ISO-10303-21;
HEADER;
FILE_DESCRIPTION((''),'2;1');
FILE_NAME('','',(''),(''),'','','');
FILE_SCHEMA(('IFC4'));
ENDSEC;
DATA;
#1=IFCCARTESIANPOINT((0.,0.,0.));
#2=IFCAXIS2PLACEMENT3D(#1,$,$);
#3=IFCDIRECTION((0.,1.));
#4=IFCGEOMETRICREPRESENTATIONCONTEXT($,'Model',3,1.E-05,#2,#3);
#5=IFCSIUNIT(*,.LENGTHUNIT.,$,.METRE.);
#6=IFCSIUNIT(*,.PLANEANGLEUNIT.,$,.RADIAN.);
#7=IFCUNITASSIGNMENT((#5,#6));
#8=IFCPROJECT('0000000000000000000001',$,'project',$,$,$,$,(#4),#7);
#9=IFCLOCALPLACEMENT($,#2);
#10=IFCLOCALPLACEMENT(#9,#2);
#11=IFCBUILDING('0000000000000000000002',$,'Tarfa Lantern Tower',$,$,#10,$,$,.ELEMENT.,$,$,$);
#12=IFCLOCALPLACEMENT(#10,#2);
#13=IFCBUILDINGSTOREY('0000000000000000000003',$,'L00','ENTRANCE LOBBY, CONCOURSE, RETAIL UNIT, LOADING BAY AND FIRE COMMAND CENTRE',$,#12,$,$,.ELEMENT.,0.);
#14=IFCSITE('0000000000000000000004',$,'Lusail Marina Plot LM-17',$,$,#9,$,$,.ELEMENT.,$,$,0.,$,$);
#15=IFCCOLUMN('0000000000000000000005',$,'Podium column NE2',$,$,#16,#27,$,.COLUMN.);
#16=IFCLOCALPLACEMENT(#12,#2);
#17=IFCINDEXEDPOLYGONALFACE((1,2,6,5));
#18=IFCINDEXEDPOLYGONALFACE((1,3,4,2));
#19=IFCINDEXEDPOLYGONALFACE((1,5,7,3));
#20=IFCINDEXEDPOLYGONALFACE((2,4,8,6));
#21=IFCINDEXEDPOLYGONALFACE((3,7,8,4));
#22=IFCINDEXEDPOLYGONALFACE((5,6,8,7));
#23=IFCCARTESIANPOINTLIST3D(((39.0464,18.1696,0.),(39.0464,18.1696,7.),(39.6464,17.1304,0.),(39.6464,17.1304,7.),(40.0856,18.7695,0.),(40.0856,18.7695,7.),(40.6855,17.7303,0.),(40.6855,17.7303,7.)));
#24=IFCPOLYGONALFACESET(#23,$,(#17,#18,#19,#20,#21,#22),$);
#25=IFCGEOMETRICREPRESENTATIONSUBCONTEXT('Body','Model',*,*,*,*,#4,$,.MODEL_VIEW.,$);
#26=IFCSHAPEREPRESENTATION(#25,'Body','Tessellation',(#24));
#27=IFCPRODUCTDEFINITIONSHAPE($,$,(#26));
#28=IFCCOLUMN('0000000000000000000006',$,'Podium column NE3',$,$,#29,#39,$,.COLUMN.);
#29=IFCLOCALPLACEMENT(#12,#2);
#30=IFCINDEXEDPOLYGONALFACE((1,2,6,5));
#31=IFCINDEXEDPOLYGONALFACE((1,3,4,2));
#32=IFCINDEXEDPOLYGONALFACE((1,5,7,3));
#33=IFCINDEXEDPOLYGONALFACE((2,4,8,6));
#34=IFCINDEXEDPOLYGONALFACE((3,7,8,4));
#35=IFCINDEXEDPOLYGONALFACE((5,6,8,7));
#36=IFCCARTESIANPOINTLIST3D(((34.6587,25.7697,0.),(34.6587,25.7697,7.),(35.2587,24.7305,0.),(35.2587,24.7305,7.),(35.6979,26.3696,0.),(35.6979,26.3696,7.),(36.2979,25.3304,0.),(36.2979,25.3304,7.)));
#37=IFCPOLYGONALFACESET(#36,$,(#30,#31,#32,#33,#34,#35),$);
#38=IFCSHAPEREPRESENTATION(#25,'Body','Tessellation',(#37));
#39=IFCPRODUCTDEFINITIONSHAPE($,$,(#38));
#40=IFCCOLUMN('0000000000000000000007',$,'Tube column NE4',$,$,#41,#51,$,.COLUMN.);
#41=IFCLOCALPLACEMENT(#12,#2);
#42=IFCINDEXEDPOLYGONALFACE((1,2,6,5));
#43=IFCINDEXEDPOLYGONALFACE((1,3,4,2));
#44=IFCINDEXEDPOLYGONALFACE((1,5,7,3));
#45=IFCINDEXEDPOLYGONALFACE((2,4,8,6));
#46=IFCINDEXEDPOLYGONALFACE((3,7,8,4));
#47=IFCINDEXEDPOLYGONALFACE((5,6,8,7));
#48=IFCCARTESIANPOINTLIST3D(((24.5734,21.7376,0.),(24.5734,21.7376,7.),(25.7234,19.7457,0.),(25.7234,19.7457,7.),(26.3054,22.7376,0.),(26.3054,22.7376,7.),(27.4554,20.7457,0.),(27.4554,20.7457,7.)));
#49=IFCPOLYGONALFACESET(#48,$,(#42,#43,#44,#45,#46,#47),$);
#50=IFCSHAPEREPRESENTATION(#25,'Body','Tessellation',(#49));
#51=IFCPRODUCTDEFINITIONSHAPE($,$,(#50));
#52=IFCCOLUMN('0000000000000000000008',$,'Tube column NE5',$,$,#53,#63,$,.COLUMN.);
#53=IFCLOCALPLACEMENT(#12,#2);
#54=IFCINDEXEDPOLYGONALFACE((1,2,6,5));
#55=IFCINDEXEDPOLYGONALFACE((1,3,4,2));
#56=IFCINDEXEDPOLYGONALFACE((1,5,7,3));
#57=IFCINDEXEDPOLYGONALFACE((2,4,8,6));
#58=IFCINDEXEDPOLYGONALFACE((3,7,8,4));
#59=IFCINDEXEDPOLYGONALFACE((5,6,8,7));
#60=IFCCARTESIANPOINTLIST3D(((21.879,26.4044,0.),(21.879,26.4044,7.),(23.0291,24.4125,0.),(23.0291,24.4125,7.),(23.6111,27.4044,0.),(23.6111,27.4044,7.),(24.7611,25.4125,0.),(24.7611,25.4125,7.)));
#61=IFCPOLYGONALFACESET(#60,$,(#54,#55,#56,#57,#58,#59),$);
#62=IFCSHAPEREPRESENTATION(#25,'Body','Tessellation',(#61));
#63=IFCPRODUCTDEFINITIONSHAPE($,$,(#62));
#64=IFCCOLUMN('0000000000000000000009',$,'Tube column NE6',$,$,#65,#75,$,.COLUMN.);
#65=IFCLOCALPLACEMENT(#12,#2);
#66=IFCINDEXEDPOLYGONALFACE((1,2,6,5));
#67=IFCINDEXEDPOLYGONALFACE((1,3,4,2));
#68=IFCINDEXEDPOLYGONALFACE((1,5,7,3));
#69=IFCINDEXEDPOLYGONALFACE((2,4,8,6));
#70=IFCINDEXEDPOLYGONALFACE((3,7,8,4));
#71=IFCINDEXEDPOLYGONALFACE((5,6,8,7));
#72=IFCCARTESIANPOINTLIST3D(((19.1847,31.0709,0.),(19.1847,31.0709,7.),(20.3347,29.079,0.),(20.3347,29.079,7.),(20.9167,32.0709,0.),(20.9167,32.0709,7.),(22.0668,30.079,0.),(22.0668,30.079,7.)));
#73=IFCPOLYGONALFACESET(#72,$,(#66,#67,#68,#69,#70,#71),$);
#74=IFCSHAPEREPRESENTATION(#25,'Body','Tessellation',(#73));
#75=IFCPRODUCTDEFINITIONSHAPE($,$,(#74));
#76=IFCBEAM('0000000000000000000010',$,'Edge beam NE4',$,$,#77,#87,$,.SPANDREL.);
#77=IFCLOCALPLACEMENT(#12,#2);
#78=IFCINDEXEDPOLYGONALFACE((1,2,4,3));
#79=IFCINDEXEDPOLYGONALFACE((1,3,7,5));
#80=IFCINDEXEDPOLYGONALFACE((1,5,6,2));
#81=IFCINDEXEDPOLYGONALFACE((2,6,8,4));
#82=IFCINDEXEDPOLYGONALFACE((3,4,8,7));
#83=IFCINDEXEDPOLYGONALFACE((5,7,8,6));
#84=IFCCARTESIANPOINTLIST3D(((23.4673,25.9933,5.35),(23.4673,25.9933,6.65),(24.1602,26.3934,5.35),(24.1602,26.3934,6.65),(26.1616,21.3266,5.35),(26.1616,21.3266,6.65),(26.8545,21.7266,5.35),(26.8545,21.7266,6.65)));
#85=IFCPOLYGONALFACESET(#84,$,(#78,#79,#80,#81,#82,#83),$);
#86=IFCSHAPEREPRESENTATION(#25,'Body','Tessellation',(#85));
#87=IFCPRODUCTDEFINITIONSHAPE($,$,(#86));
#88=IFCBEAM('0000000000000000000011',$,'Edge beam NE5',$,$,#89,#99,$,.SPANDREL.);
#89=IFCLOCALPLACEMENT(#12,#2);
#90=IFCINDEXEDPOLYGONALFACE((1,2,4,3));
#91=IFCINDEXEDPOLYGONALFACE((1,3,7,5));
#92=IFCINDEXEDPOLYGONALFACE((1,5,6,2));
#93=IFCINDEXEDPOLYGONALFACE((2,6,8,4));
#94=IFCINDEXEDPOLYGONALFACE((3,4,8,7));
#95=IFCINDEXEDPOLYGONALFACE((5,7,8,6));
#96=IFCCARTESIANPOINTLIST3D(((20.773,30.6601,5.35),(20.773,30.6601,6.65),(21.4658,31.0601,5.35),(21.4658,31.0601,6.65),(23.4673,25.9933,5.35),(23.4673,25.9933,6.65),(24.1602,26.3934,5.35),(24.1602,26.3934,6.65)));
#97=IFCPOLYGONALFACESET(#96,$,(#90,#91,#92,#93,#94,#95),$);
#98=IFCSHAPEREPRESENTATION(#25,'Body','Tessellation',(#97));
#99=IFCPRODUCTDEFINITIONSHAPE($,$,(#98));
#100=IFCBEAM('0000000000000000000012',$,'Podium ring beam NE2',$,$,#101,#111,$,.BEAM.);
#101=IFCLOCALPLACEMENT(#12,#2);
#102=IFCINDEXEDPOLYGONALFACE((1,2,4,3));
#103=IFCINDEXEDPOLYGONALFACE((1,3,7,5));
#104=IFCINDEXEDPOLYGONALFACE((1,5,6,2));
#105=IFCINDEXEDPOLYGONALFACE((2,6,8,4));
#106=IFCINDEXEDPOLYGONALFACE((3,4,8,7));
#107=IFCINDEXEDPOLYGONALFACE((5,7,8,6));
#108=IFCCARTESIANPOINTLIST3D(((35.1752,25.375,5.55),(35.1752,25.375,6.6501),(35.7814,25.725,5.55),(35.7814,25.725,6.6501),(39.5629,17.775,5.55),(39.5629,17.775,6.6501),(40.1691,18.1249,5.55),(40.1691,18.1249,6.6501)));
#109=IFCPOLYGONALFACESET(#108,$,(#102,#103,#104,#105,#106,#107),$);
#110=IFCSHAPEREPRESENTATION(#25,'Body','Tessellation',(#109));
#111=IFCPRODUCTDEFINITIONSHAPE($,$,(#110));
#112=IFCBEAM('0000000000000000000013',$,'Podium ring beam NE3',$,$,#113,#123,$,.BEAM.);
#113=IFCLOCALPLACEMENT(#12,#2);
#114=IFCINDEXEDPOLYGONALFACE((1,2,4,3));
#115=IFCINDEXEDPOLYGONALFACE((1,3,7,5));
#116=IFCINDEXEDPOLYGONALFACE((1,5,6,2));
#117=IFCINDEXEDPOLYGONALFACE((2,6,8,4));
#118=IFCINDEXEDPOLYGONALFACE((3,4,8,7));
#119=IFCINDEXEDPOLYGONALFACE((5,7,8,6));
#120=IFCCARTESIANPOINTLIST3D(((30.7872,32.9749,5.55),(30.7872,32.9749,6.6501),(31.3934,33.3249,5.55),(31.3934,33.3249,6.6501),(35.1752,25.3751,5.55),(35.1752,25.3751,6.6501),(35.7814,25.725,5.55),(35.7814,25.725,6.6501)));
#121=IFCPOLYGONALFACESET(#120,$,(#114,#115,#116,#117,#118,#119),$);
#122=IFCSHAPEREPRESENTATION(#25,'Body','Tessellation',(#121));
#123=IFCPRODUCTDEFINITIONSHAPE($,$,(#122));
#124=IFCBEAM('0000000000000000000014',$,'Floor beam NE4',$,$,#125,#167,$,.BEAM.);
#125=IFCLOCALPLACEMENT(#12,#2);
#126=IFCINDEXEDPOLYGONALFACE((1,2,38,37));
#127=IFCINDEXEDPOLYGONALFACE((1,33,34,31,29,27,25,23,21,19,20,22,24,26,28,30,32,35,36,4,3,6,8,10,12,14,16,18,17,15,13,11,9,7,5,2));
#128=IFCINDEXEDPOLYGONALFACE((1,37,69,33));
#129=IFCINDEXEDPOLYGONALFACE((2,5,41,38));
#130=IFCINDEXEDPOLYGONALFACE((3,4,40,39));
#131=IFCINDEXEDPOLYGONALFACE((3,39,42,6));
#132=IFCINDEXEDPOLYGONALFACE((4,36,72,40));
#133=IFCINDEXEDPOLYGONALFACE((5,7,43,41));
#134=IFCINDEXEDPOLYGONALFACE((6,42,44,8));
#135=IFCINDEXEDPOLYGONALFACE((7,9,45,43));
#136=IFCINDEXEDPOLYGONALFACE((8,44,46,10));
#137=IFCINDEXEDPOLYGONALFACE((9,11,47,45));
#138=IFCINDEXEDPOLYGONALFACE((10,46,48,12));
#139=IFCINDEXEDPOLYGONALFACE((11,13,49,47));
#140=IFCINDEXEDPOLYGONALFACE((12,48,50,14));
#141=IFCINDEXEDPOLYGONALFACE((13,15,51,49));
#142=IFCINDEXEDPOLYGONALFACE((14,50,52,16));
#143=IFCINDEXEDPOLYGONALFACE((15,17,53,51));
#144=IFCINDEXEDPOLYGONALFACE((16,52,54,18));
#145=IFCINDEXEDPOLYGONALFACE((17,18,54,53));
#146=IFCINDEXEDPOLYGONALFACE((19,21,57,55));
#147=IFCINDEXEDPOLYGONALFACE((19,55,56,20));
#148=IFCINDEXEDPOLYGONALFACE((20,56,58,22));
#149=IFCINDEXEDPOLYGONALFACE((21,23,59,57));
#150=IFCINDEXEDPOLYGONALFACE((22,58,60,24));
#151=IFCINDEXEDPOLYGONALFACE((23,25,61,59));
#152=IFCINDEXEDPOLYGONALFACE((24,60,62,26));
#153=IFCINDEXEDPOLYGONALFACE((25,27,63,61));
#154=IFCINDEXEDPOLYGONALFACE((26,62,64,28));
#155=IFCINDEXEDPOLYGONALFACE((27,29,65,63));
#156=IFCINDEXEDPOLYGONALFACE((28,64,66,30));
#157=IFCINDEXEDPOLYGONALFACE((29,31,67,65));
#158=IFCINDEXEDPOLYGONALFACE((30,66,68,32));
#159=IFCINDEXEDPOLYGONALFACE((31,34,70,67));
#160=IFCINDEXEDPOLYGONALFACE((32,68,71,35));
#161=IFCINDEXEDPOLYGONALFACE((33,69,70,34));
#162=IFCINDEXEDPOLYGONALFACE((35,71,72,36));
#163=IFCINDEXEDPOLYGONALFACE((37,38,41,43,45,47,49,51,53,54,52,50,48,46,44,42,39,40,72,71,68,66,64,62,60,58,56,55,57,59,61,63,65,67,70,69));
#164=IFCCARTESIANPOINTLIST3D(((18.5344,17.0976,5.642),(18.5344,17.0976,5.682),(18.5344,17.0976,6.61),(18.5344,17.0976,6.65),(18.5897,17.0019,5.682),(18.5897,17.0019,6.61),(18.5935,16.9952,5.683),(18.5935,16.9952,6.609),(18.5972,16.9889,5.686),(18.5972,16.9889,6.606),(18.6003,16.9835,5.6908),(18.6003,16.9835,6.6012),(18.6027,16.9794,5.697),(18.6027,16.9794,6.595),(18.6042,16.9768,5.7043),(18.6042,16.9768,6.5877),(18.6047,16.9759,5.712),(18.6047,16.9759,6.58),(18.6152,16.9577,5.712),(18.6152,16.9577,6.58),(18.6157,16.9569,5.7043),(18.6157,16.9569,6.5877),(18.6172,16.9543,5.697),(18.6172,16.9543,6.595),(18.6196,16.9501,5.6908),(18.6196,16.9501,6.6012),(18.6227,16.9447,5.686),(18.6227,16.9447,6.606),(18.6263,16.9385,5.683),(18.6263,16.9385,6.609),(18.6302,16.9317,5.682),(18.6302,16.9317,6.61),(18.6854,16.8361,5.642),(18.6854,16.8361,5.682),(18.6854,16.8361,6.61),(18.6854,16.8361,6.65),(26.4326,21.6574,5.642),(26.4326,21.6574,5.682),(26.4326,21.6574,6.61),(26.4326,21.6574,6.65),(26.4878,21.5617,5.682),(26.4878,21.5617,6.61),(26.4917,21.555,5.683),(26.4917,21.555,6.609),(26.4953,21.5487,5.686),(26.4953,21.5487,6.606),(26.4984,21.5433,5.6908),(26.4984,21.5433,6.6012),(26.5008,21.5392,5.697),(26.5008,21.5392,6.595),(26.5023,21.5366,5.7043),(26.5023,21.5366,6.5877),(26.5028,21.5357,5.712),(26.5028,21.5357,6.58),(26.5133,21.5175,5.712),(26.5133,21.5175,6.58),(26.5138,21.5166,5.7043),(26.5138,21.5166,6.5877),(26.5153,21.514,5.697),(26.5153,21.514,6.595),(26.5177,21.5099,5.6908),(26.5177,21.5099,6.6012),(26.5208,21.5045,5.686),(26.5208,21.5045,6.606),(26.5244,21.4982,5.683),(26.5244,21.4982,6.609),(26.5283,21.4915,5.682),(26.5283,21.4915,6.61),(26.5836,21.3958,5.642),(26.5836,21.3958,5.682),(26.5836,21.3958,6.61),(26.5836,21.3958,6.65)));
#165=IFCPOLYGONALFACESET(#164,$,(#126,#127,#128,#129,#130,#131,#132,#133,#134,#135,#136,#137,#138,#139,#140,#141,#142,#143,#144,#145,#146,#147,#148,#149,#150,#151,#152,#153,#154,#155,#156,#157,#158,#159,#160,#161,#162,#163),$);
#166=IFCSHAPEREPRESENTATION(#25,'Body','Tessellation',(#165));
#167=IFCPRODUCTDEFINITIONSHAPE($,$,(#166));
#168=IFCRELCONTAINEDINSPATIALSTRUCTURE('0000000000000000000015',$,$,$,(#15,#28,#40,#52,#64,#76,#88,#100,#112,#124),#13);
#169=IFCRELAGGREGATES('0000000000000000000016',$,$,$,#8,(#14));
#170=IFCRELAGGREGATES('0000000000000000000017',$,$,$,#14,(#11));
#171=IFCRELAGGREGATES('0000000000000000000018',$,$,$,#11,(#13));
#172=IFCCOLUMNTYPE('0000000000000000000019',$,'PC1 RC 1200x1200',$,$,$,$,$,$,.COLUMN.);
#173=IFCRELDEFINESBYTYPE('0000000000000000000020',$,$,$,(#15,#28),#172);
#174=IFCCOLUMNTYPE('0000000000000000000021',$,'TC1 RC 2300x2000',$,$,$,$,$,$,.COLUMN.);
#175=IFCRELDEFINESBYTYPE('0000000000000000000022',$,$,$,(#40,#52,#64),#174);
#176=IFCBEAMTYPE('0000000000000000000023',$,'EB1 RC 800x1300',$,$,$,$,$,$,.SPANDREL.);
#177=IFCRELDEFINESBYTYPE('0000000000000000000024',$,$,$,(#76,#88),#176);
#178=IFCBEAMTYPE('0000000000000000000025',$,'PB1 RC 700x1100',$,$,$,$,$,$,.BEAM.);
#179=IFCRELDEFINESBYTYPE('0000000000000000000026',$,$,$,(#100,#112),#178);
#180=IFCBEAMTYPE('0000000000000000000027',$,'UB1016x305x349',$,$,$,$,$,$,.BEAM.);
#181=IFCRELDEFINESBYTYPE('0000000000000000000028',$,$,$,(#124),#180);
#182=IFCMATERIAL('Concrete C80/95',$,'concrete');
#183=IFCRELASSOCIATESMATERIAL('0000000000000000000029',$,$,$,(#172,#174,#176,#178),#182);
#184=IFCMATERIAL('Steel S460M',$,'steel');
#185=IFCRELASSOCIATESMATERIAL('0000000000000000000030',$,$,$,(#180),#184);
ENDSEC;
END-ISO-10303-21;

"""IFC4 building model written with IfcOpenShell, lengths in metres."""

from ifc_helpers import new_model, si_unit, direction, frame, origin, origin_2d, place, context, subcontext, project, spatial, rectangle, i_section, extrude, material, material_profile, profile_set, type_object, element, save


model = new_model("IFC4")

# Units and contexts
model_context = context("Model", 3, precision=1e-05, world=origin(), true_north=direction((0.0, 1.0)))
body_context = subcontext(model_context, "Body", "Model", "MODEL_VIEW")
ifc_project = project(units=[si_unit("LENGTHUNIT", "METRE"), si_unit("PLANEANGLEUNIT", "RADIAN")], contexts=[model_context])

# Site, building, storey
site_placement = place(None, origin())
site = spatial("IfcSite", under=ifc_project, at=site_placement, Name="Lusail Marina Plot LM-17", CompositionType="ELEMENT", RefElevation=0.0)
building_placement = place(site_placement, origin())
building = spatial("IfcBuilding", under=site, at=building_placement, Name="Tarfa Lantern Tower", CompositionType="ELEMENT")
storey_placement = place(building_placement, origin())
storey = spatial("IfcBuildingStorey", under=building, at=storey_placement, Name="L00", Description="ENTRANCE LOBBY, CONCOURSE, RETAIL UNIT, LOADING BAY AND FIRE COMMAND CENTRE", CompositionType="ELEMENT", Elevation=0.0)

# Columns
ifc_material_1 = material(Name="Concrete C80/95", Category="concrete")
ifc_material_profile_1 = material_profile(ifc_material_1, rectangle(XDim=1.2, YDim=1.2, at=origin_2d()), Name="RC 1200x1200")
ifc_profile_set_1 = profile_set([ifc_material_profile_1], Name="Concrete C80/95")
column_type_1 = type_object("IfcColumnType", Name="PC1 RC 1200x1200", PredefinedType="COLUMN", material=ifc_profile_set_1)
for number, where, z_axis, x_axis, name in (
    (1, (39.866, 17.95, 0.0), (0.0, 0.0, 1.0), (-0.5, 0.866025, 0.0), "Podium column NE2"),
    (2, (35.4783, 25.55, 0.0), (0.0, 0.0, 1.0), (-0.5, 0.866025, 0.0), "Podium column NE3"),
):
    element("IfcColumn", number, at=place(storey_placement, frame(where, z_axis=z_axis, x_axis=x_axis)), inside=storey, type_object=column_type_1, Name=name, PredefinedType="COLUMN", context=body_context, shape_type="SweptSolid", body=[
        extrude(rectangle(XDim=1.2, YDim=1.2, at=origin_2d()), origin(), (0.0, 0.0, 1.0), 7.0),
    ])
ifc_material_profile_2 = material_profile(ifc_material_1, rectangle(XDim=2.3, YDim=2.0, at=origin_2d()), Name="RC 2300x2000")
ifc_profile_set_2 = profile_set([ifc_material_profile_2], Name="Concrete C80/95")
column_type_2 = type_object("IfcColumnType", Name="TC1 RC 2300x2000", PredefinedType="COLUMN", material=ifc_profile_set_2)
for number, where, z_axis, x_axis, name in (
    (3, (26.0144, 21.2417, 0.0), (0.0, 0.0, 1.0), (-0.5, 0.866025, 0.0), "Tube column NE4"),
    (4, (23.3201, 25.9084, 0.0), (0.0, 0.0, 1.0), (-0.5, 0.866025, 0.0), "Tube column NE5"),
    (5, (20.6257, 30.575, 0.0), (0.0, 0.0, 1.0), (-0.5, 0.866025, 0.0), "Tube column NE6"),
):
    element("IfcColumn", number, at=place(storey_placement, frame(where, z_axis=z_axis, x_axis=x_axis)), inside=storey, type_object=column_type_2, Name=name, PredefinedType="COLUMN", context=body_context, shape_type="SweptSolid", body=[
        extrude(rectangle(XDim=2.3, YDim=2.0, at=origin_2d()), origin(), (0.0, 0.0, 1.0), 7.0),
    ])

# Beams
ifc_material_profile_3 = material_profile(ifc_material_1, rectangle(XDim=0.8, YDim=1.3, at=origin_2d()), Name="RC 800x1300")
ifc_profile_set_3 = profile_set([ifc_material_profile_3], Name="Concrete C80/95")
beam_type_1 = type_object("IfcBeamType", Name="EB1 RC 800x1300", PredefinedType="SPANDREL", material=ifc_profile_set_3)
for number, where, z_axis, x_axis, name in (
    (6, (26.5081, 21.5266, 6.0), (-0.499998, 0.866026, 0.0), (-0.866026, -0.499998, 0.0), "Edge beam NE4"),
    (7, (23.8137, 26.1934, 6.0), (-0.499998, 0.866026, 0.0), (-0.866026, -0.499998, 0.0), "Edge beam NE5"),
):
    element("IfcBeam", number, at=place(storey_placement, frame(where, z_axis=z_axis, x_axis=x_axis)), inside=storey, type_object=beam_type_1, Name=name, PredefinedType="SPANDREL", context=body_context, shape_type="SweptSolid", body=[
        extrude(rectangle(XDim=0.8, YDim=1.3, at=origin_2d()), origin(), (0.0, 0.0, 1.0), 5.3887),
    ])
ifc_material_profile_4 = material_profile(ifc_material_1, rectangle(XDim=0.7, YDim=1.1001, at=origin_2d()), Name="RC 700x1100")
ifc_profile_set_4 = profile_set([ifc_material_profile_4], Name="Concrete C80/95")
beam_type_2 = type_object("IfcBeamType", Name="PB1 RC 700x1100", PredefinedType="BEAM", material=ifc_profile_set_4)
for number, where, z_axis, x_axis, name in (
    (8, (39.866, 17.95, 6.1001), (-0.499981, 0.866036, 0.0), (-0.866036, -0.499981, 0.0), "Podium ring beam NE2"),
    (9, (35.4783, 25.55, 6.1001), (-0.500014, 0.866017, 0.0), (-0.866017, -0.500014, 0.0), "Podium ring beam NE3"),
):
    element("IfcBeam", number, at=place(storey_placement, frame(where, z_axis=z_axis, x_axis=x_axis)), inside=storey, type_object=beam_type_2, Name=name, PredefinedType="BEAM", context=body_context, shape_type="SweptSolid", body=[
        extrude(rectangle(XDim=0.7, YDim=1.1001, at=origin_2d()), origin(), (0.0, 0.0, 1.0), 8.7756),
    ])
ifc_material_2 = material(Name="Steel S460M", Category="steel")
ifc_material_profile_5 = material_profile(ifc_material_2, i_section(OverallWidth=0.302, OverallDepth=1.0081, WebThickness=0.021, FlangeThickness=0.04, FilletRadius=0.03, at=origin_2d()), Name="UB1016x305x349")
ifc_profile_set_5 = profile_set([ifc_material_profile_5], Name="Steel S460M")
beam_type_3 = type_object("IfcBeamType", Name="UB1016x305x349", PredefinedType="BEAM", material=ifc_profile_set_5)
beam_1_placement = place(storey_placement, frame((26.5081, 21.5266, 6.146), z_axis=(-0.866035, -0.499983, 0.0), x_axis=(0.499983, -0.866035, 0.0)))
element("IfcBeam", 10, at=beam_1_placement, inside=storey, type_object=beam_type_3, Name="Floor beam NE4", PredefinedType="BEAM", context=body_context, shape_type="SweptSolid", body=[
    extrude(i_section(OverallWidth=0.302, OverallDepth=1.0081, WebThickness=0.021, FlangeThickness=0.04, FilletRadius=0.03, at=origin_2d()), origin(), (0.0, 0.0, 1.0), 9.1199),
])

save(model, "model.ifc")
